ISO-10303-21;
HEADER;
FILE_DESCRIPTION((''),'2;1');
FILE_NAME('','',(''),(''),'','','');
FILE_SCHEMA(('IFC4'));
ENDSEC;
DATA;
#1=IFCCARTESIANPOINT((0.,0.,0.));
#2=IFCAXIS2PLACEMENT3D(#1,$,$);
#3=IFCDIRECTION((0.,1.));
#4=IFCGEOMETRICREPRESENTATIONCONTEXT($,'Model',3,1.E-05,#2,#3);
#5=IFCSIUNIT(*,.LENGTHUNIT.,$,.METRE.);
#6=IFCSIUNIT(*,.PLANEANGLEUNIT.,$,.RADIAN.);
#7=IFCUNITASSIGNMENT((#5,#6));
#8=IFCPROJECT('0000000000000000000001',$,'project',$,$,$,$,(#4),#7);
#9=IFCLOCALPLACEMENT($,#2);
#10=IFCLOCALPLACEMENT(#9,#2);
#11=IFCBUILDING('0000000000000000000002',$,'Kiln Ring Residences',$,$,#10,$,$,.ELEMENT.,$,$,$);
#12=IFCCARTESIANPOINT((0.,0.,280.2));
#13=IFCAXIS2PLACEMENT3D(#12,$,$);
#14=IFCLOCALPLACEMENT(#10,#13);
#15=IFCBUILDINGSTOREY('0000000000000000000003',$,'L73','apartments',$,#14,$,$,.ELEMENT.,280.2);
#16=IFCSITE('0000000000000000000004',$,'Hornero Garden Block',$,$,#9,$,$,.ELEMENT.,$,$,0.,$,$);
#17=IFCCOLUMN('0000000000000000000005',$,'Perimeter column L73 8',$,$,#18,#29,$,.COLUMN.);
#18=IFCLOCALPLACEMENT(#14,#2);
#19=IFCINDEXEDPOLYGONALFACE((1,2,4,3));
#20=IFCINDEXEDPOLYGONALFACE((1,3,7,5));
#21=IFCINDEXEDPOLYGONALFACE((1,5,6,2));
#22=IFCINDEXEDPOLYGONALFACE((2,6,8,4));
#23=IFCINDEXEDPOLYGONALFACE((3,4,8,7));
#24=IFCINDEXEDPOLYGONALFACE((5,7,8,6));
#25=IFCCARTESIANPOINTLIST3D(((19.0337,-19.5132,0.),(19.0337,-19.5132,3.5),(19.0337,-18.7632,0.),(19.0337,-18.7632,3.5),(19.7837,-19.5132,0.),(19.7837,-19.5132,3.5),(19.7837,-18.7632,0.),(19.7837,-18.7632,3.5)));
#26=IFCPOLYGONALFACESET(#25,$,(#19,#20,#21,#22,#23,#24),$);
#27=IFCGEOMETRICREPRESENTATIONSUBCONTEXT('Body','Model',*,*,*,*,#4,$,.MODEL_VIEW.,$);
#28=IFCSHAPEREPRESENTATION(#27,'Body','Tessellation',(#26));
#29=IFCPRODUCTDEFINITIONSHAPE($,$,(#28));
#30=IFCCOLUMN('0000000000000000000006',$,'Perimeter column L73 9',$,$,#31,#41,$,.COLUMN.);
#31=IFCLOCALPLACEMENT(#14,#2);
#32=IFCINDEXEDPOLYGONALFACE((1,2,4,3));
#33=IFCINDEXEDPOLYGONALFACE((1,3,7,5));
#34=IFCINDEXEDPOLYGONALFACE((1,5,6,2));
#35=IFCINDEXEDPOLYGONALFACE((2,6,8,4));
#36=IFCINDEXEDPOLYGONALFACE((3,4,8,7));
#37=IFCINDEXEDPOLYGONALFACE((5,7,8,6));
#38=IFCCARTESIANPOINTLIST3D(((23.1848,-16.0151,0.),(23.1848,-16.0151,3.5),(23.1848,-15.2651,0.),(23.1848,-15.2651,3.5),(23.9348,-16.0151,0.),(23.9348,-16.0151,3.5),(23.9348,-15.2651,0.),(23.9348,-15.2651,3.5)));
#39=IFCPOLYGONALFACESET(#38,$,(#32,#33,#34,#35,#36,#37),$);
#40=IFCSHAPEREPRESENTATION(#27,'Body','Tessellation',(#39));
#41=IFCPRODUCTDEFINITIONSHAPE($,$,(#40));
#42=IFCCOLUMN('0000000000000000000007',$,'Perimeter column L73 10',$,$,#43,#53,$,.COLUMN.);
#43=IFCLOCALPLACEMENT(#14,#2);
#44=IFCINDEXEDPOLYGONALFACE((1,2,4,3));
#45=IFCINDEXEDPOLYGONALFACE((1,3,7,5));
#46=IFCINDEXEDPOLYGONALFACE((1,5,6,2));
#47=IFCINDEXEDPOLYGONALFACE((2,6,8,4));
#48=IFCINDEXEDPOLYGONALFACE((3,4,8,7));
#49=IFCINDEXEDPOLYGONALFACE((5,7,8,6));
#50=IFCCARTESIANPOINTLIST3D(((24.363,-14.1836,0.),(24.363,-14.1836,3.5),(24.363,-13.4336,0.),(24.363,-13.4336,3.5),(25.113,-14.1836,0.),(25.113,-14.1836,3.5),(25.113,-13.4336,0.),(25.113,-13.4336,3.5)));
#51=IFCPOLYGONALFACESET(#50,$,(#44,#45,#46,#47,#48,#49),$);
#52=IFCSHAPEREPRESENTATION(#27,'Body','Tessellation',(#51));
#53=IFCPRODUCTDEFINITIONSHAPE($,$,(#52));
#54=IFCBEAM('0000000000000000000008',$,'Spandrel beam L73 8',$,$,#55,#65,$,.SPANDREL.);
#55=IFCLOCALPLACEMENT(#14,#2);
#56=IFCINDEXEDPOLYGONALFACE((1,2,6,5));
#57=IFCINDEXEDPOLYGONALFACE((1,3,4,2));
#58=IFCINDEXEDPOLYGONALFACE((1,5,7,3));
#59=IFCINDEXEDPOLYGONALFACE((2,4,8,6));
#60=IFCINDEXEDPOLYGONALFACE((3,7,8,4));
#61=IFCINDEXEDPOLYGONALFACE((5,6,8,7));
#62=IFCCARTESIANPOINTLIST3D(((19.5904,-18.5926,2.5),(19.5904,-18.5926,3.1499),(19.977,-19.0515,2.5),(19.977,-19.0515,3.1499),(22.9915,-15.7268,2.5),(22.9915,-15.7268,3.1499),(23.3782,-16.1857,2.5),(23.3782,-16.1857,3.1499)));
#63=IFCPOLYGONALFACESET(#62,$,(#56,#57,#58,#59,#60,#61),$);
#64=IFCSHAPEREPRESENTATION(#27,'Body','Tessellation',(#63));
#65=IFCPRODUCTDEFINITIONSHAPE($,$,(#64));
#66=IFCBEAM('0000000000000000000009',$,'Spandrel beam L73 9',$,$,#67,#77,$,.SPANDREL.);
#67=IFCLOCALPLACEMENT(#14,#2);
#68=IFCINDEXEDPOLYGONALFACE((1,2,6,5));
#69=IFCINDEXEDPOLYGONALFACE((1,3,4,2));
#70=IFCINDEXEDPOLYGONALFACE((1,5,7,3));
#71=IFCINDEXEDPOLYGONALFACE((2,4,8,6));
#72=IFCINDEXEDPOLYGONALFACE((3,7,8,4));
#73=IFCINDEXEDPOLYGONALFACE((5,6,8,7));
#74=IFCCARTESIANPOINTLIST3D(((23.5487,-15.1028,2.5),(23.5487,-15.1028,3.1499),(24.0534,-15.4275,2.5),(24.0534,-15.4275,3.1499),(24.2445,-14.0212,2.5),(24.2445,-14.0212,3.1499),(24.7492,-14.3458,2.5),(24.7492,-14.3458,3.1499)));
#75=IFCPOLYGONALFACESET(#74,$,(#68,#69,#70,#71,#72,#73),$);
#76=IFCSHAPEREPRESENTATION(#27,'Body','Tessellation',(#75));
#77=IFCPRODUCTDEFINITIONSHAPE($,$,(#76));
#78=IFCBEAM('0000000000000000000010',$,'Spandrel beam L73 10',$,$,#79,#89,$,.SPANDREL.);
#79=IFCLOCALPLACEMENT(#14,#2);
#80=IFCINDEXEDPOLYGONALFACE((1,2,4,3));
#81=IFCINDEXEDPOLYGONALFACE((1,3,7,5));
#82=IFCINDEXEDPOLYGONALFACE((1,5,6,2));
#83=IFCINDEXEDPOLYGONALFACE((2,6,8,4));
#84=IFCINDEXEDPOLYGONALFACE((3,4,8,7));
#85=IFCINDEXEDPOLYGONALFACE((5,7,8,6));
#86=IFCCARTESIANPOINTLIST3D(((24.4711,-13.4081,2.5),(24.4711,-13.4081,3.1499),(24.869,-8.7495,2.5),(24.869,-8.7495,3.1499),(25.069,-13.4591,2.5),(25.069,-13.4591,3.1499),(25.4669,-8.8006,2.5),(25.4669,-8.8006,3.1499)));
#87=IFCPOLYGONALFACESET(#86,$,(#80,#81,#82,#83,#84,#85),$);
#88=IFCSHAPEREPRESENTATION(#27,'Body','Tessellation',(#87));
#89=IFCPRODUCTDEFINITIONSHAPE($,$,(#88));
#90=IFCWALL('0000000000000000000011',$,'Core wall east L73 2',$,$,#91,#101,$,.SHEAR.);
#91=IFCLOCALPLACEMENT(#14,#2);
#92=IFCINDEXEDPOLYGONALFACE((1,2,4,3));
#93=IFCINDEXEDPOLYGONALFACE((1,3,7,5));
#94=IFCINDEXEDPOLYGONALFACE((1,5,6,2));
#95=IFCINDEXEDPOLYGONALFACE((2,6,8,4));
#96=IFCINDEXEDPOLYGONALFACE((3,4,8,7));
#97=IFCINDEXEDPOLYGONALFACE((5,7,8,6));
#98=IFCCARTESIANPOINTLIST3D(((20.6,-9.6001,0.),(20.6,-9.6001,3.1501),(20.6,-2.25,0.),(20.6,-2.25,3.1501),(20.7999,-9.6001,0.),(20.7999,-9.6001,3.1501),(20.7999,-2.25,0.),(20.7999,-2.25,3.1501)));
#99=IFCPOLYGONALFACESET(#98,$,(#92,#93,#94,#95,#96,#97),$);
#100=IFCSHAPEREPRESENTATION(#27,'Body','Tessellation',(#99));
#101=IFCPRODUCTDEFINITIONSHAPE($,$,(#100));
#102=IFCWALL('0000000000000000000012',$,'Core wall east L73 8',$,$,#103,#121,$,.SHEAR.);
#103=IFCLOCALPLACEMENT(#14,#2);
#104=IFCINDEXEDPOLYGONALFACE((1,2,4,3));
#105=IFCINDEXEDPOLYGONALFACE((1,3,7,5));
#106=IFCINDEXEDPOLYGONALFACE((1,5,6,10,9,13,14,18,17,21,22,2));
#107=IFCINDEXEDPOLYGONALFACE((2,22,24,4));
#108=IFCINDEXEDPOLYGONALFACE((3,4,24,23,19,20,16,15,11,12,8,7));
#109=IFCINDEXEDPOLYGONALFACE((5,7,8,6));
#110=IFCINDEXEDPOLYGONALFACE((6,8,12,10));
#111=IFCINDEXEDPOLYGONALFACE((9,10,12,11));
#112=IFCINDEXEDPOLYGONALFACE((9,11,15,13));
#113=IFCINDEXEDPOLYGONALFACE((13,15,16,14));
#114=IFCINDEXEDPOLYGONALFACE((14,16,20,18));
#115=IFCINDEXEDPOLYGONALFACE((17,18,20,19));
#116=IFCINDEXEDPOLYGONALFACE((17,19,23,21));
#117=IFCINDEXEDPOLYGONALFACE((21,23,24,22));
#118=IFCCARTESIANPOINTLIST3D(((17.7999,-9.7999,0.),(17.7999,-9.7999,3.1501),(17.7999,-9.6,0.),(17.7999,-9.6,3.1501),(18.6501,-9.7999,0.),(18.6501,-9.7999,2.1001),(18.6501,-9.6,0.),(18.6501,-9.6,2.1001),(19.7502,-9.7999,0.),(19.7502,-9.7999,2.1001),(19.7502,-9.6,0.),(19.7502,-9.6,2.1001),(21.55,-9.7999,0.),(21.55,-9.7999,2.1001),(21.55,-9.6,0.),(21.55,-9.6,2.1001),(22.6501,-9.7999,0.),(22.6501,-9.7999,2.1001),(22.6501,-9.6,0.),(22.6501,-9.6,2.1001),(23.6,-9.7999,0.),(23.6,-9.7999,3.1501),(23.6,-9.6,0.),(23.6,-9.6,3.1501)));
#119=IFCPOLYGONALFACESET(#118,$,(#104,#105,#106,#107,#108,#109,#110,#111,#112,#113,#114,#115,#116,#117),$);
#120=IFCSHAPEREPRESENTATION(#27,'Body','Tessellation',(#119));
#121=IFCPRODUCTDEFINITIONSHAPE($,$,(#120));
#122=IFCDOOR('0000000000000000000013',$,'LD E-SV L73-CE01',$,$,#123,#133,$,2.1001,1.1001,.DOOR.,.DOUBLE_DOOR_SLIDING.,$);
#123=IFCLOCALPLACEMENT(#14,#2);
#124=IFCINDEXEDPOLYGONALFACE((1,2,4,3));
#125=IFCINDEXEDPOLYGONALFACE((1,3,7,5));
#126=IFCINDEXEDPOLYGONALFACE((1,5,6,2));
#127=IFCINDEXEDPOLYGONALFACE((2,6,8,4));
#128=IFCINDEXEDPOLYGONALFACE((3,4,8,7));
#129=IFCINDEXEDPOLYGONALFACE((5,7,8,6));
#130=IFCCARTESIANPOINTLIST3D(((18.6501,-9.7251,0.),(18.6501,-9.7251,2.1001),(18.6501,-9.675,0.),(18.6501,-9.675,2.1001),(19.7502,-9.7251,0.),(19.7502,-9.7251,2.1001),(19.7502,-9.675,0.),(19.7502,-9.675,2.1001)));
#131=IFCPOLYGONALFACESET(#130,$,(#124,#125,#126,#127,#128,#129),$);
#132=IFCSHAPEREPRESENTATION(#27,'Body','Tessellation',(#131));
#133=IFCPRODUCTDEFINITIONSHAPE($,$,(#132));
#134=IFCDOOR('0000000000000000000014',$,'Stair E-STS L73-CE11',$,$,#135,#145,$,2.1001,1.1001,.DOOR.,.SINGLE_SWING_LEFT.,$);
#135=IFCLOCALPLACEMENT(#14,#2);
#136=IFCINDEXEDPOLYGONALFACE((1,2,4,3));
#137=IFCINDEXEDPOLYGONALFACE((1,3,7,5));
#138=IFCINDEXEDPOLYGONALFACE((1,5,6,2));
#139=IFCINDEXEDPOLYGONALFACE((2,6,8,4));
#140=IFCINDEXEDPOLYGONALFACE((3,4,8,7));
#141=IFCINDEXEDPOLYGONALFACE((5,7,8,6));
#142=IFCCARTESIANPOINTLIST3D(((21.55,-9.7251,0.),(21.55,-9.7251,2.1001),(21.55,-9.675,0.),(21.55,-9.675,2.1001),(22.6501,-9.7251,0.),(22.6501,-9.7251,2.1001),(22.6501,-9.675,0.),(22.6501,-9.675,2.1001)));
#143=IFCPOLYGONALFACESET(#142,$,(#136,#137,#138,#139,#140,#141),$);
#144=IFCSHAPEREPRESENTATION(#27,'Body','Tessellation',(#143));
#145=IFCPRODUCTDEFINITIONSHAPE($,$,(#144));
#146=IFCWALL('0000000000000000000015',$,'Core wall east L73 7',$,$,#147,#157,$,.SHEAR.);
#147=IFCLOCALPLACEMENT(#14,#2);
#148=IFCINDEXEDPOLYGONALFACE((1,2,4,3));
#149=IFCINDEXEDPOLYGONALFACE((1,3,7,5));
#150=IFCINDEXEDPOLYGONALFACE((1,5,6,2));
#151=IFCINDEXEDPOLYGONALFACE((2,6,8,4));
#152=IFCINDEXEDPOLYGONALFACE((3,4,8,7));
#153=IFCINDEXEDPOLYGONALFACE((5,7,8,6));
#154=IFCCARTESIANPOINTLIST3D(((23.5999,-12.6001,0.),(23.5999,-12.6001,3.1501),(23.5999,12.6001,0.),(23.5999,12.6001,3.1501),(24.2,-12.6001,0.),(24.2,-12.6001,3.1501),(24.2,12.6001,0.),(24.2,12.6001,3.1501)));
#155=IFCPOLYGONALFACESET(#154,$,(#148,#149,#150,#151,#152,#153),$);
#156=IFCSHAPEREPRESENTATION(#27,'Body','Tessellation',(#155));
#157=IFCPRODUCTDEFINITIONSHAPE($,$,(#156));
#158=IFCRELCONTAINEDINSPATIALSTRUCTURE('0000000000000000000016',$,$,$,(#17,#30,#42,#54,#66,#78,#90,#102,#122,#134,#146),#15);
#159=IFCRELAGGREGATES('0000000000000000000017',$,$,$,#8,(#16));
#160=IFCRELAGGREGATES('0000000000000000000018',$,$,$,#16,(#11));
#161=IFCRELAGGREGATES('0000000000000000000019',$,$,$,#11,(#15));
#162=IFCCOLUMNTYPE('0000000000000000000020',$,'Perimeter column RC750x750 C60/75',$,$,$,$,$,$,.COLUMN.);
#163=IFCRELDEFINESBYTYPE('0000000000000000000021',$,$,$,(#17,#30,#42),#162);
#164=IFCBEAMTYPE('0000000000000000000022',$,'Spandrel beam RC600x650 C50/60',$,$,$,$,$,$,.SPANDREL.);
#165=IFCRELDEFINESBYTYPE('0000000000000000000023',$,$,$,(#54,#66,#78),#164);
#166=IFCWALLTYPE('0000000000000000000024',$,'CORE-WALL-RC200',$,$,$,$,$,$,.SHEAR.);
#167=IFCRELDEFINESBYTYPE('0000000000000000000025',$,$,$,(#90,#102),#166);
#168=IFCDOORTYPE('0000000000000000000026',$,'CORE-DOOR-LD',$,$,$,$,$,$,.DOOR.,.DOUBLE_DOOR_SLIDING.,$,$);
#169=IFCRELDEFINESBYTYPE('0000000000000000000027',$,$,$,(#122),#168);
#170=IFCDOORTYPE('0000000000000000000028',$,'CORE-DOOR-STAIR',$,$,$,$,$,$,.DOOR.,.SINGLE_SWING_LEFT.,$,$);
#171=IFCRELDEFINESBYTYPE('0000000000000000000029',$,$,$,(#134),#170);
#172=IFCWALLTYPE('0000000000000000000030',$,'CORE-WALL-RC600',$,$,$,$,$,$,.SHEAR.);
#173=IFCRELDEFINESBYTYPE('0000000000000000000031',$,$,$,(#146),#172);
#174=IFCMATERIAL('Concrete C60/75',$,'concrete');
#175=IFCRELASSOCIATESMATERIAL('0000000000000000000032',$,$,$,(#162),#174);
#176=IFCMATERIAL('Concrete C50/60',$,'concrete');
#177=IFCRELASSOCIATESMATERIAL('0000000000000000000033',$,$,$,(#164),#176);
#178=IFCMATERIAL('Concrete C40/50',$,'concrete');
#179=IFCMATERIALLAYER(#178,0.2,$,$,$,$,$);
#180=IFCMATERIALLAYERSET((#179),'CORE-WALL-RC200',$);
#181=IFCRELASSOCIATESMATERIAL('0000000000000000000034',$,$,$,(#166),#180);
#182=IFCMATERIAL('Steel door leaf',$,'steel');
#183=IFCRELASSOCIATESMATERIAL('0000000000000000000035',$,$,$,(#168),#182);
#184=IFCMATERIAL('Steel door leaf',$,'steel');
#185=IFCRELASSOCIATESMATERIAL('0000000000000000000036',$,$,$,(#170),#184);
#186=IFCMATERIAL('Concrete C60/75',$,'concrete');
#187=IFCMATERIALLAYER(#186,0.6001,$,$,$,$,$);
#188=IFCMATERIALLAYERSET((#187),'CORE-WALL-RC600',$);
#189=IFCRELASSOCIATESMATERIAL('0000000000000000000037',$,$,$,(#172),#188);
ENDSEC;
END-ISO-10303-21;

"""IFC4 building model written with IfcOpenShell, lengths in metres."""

from ifc_helpers import new_model, si_unit, direction, frame, frame_2d, origin, origin_2d, place, context, subcontext, project, spatial, rectangle, extrude, material, layer, layer_set, material_profile, profile_set, type_object, element, fill, save


model = new_model("IFC4")

# Units and contexts
model_context = context("Model", 3, precision=1e-05, world=origin(), true_north=direction((0.0, 1.0)))
body_context = subcontext(model_context, "Body", "Model", "MODEL_VIEW")
ifc_project = project(units=[si_unit("LENGTHUNIT", "METRE"), si_unit("PLANEANGLEUNIT", "RADIAN")], contexts=[model_context])

# Site, building, storey
site_placement = place(None, origin())
site = spatial("IfcSite", under=ifc_project, at=site_placement, Name="Hornero Garden Block", CompositionType="ELEMENT", RefElevation=0.0)
building_placement = place(site_placement, origin())
building = spatial("IfcBuilding", under=site, at=building_placement, Name="Kiln Ring Residences", CompositionType="ELEMENT")
storey_placement = place(building_placement, frame((0.0, 0.0, 280.2)))
storey = spatial("IfcBuildingStorey", under=building, at=storey_placement, Name="L73", Description="apartments", CompositionType="ELEMENT", Elevation=280.2)

# Columns
ifc_material_1 = material(Name="Concrete C60/75", Category="concrete")
ifc_material_profile_1 = material_profile(ifc_material_1, rectangle(XDim=0.75, YDim=0.75, at=origin_2d()), Name="RC750x750")
ifc_profile_set_1 = profile_set([ifc_material_profile_1], Name="Concrete C60/75")
column_type = type_object("IfcColumnType", Name="Perimeter column RC750x750 C60/75", PredefinedType="COLUMN", material=ifc_profile_set_1)
for number, where, z_axis, x_axis, name in (
    (1, (19.4087, -19.1382, 0.0), (0.0, 0.0, 1.0), (1.0, 0.0, 0.0), "Perimeter column L73 8"),
    (2, (23.5598, -15.6401, 0.0), (0.0, 0.0, 1.0), (1.0, 0.0, 0.0), "Perimeter column L73 9"),
    (3, (24.738, -13.8086, 0.0), (0.0, 0.0, 1.0), (1.0, 0.0, 0.0), "Perimeter column L73 10"),
):
    element("IfcColumn", number, at=place(storey_placement, frame(where, z_axis=z_axis, x_axis=x_axis)), inside=storey, type_object=column_type, Name=name, PredefinedType="COLUMN", context=body_context, shape_type="SweptSolid", body=[
        extrude(rectangle(XDim=0.75, YDim=0.75, at=origin_2d()), origin(), (0.0, 0.0, 1.0), 3.5),
    ])

# Beams
ifc_material_2 = material(Name="Concrete C50/60", Category="concrete")
ifc_material_profile_2 = material_profile(ifc_material_2, rectangle(XDim=0.6001, YDim=0.6499, at=origin_2d()), Name="RC600x650")
ifc_profile_set_2 = profile_set([ifc_material_profile_2], Name="Concrete C50/60")
beam_type = type_object("IfcBeamType", Name="Spandrel beam RC600x650 C50/60", PredefinedType="SPANDREL", material=ifc_profile_set_2)
beam_1_placement = place(storey_placement, frame((19.7837, -18.822, 2.825), z_axis=(0.764732, 0.644349, 0.0), x_axis=(-0.644349, 0.764732, 0.0)))
element("IfcBeam", 4, at=beam_1_placement, inside=storey, type_object=beam_type, Name="Spandrel beam L73 8", PredefinedType="SPANDREL", context=body_context, shape_type="SweptSolid", body=[
    extrude(rectangle(XDim=0.6001, YDim=0.6499, at=origin_2d()), origin(), (0.0, 0.0, 1.0), 4.4475),
])
beam_2_placement = place(storey_placement, frame((23.801, -15.2651, 2.825), z_axis=(0.541045, 0.840993, 0.0), x_axis=(-0.840993, 0.541045, 0.0)))
element("IfcBeam", 5, at=beam_2_placement, inside=storey, type_object=beam_type, Name="Spandrel beam L73 9", PredefinedType="SPANDREL", context=body_context, shape_type="SweptSolid", body=[
    extrude(rectangle(XDim=0.6001, YDim=0.6499, at=origin_2d()), origin(), (0.0, 0.0, 1.0), 1.2861),
])
beam_3_placement = place(storey_placement, frame((24.77, -13.4336, 2.825), z_axis=(0.085111, 0.996371, 0.0), x_axis=(-0.996371, 0.085111, 0.0)))
element("IfcBeam", 6, at=beam_3_placement, inside=storey, type_object=beam_type, Name="Spandrel beam L73 10", PredefinedType="SPANDREL", context=body_context, shape_type="SweptSolid", body=[
    extrude(rectangle(XDim=0.6001, YDim=0.6499, at=origin_2d()), origin(), (0.0, 0.0, 1.0), 4.6755),
])

# Wall
ifc_material_3 = material(Name="Concrete C40/50", Category="concrete")
ifc_layer_1 = layer(ifc_material_3, 0.2)
ifc_layer_set_1 = layer_set([ifc_layer_1], Name="CORE-WALL-RC200")
wall_type_1 = type_object("IfcWallType", Name="CORE-WALL-RC200", PredefinedType="SHEAR", material=ifc_layer_set_1)
wall_1_placement = place(storey_placement, frame((20.7, -9.6001, 0.0), z_axis=(0.0, 0.0, 1.0), x_axis=(0.0, 1.0, 0.0)))
element("IfcWall", 7, at=wall_1_placement, inside=storey, type_object=wall_type_1, Name="Core wall east L73 2", PredefinedType="SHEAR", context=body_context, shape_type="SweptSolid", body=[
    extrude(rectangle(XDim=7.3501, YDim=0.2, at=frame_2d((3.675, 0.0))), origin(), (0.0, 0.0, 1.0), 3.1501),
])

# Wall, openings, doors
wall_2_placement = place(storey_placement, frame((17.8, -9.7, 0.0), z_axis=(0.0, 0.0, 1.0), x_axis=(1.0, 0.0, 0.0)))
wall_2 = element("IfcWall", 8, at=wall_2_placement, inside=storey, type_object=wall_type_1, Name="Core wall east L73 8", PredefinedType="SHEAR", context=body_context, shape_type="SweptSolid", body=[
    extrude(rectangle(XDim=5.8, YDim=0.2, at=frame_2d((2.8999, 0.0))), origin(), (0.0, 0.0, 1.0), 3.1501),
])
opening_1_placement = place(wall_2_placement, frame((0.8501, 0.0, 0.0)))
opening_1 = element("IfcOpeningElement", 9, at=opening_1_placement, cuts=wall_2, PredefinedType="OPENING", context=body_context, shape_type="SweptSolid", body=[
    extrude(rectangle(XDim=1.1001, YDim=2.1001, at=frame_2d((0.55, 1.05))), frame((0.0, 0.1099, 0.0), z_axis=(0.0, -1.0, 0.0), x_axis=(1.0, 0.0, 0.0)), (0.0, 0.0, 1.0), 0.22),
])
opening_2_placement = place(wall_2_placement, frame((3.75, 0.0, 0.0)))
opening_2 = element("IfcOpeningElement", 10, at=opening_2_placement, cuts=wall_2, PredefinedType="OPENING", context=body_context, shape_type="SweptSolid", body=[
    extrude(rectangle(XDim=1.1001, YDim=2.1001, at=frame_2d((0.55, 1.05))), frame((0.0, 0.1099, 0.0), z_axis=(0.0, -1.0, 0.0), x_axis=(1.0, 0.0, 0.0)), (0.0, 0.0, 1.0), 0.22),
])
ifc_material_4 = material(Name="Steel door leaf", Category="steel")
door_type_1 = type_object("IfcDoorType", Name="CORE-DOOR-LD", OperationType="DOUBLE_DOOR_SLIDING", PredefinedType="DOOR", material=ifc_material_4)
door_1_placement = place(opening_1_placement, origin())
door_1 = element("IfcDoor", 11, at=door_1_placement, inside=storey, type_object=door_type_1, Name="LD E-SV L73-CE01", OperationType="DOUBLE_DOOR_SLIDING", OverallHeight=2.1001, OverallWidth=1.1001, PredefinedType="DOOR", context=body_context, shape_type="SweptSolid", body=[
    extrude(rectangle(XDim=1.1001, YDim=2.1001, at=frame_2d((0.55, 1.05))), frame((0.0, 0.0249, 0.0), z_axis=(0.0, -1.0, 0.0), x_axis=(1.0, 0.0, 0.0)), (0.0, 0.0, 1.0), 0.05),
])
fill(opening_1, door_1)
ifc_material_5 = material(Name="Steel door leaf", Category="steel")
door_type_2 = type_object("IfcDoorType", Name="CORE-DOOR-STAIR", OperationType="SINGLE_SWING_LEFT", PredefinedType="DOOR", material=ifc_material_5)
door_2_placement = place(opening_2_placement, origin())
door_2 = element("IfcDoor", 12, at=door_2_placement, inside=storey, type_object=door_type_2, Name="Stair E-STS L73-CE11", OperationType="SINGLE_SWING_LEFT", OverallHeight=2.1001, OverallWidth=1.1001, PredefinedType="DOOR", context=body_context, shape_type="SweptSolid", body=[
    extrude(rectangle(XDim=1.1001, YDim=2.1001, at=frame_2d((0.55, 1.05))), frame((0.0, 0.0249, 0.0), z_axis=(0.0, -1.0, 0.0), x_axis=(1.0, 0.0, 0.0)), (0.0, 0.0, 1.0), 0.05),
])
fill(opening_2, door_2)

# Wall
ifc_material_6 = material(Name="Concrete C60/75", Category="concrete")
ifc_layer_2 = layer(ifc_material_6, 0.6001)
ifc_layer_set_2 = layer_set([ifc_layer_2], Name="CORE-WALL-RC600")
wall_type_2 = type_object("IfcWallType", Name="CORE-WALL-RC600", PredefinedType="SHEAR", material=ifc_layer_set_2)
wall_3_placement = place(storey_placement, frame((23.8999, -12.6001, 0.0), z_axis=(0.0, 0.0, 1.0), x_axis=(0.0, 1.0, 0.0)))
element("IfcWall", 13, at=wall_3_placement, inside=storey, type_object=wall_type_2, Name="Core wall east L73 7", PredefinedType="SHEAR", context=body_context, shape_type="SweptSolid", body=[
    extrude(rectangle(XDim=25.2002, YDim=0.6001, at=frame_2d((12.6001, 0.0))), origin(), (0.0, 0.0, 1.0), 3.1501),
])

save(model, "model.ifc")
